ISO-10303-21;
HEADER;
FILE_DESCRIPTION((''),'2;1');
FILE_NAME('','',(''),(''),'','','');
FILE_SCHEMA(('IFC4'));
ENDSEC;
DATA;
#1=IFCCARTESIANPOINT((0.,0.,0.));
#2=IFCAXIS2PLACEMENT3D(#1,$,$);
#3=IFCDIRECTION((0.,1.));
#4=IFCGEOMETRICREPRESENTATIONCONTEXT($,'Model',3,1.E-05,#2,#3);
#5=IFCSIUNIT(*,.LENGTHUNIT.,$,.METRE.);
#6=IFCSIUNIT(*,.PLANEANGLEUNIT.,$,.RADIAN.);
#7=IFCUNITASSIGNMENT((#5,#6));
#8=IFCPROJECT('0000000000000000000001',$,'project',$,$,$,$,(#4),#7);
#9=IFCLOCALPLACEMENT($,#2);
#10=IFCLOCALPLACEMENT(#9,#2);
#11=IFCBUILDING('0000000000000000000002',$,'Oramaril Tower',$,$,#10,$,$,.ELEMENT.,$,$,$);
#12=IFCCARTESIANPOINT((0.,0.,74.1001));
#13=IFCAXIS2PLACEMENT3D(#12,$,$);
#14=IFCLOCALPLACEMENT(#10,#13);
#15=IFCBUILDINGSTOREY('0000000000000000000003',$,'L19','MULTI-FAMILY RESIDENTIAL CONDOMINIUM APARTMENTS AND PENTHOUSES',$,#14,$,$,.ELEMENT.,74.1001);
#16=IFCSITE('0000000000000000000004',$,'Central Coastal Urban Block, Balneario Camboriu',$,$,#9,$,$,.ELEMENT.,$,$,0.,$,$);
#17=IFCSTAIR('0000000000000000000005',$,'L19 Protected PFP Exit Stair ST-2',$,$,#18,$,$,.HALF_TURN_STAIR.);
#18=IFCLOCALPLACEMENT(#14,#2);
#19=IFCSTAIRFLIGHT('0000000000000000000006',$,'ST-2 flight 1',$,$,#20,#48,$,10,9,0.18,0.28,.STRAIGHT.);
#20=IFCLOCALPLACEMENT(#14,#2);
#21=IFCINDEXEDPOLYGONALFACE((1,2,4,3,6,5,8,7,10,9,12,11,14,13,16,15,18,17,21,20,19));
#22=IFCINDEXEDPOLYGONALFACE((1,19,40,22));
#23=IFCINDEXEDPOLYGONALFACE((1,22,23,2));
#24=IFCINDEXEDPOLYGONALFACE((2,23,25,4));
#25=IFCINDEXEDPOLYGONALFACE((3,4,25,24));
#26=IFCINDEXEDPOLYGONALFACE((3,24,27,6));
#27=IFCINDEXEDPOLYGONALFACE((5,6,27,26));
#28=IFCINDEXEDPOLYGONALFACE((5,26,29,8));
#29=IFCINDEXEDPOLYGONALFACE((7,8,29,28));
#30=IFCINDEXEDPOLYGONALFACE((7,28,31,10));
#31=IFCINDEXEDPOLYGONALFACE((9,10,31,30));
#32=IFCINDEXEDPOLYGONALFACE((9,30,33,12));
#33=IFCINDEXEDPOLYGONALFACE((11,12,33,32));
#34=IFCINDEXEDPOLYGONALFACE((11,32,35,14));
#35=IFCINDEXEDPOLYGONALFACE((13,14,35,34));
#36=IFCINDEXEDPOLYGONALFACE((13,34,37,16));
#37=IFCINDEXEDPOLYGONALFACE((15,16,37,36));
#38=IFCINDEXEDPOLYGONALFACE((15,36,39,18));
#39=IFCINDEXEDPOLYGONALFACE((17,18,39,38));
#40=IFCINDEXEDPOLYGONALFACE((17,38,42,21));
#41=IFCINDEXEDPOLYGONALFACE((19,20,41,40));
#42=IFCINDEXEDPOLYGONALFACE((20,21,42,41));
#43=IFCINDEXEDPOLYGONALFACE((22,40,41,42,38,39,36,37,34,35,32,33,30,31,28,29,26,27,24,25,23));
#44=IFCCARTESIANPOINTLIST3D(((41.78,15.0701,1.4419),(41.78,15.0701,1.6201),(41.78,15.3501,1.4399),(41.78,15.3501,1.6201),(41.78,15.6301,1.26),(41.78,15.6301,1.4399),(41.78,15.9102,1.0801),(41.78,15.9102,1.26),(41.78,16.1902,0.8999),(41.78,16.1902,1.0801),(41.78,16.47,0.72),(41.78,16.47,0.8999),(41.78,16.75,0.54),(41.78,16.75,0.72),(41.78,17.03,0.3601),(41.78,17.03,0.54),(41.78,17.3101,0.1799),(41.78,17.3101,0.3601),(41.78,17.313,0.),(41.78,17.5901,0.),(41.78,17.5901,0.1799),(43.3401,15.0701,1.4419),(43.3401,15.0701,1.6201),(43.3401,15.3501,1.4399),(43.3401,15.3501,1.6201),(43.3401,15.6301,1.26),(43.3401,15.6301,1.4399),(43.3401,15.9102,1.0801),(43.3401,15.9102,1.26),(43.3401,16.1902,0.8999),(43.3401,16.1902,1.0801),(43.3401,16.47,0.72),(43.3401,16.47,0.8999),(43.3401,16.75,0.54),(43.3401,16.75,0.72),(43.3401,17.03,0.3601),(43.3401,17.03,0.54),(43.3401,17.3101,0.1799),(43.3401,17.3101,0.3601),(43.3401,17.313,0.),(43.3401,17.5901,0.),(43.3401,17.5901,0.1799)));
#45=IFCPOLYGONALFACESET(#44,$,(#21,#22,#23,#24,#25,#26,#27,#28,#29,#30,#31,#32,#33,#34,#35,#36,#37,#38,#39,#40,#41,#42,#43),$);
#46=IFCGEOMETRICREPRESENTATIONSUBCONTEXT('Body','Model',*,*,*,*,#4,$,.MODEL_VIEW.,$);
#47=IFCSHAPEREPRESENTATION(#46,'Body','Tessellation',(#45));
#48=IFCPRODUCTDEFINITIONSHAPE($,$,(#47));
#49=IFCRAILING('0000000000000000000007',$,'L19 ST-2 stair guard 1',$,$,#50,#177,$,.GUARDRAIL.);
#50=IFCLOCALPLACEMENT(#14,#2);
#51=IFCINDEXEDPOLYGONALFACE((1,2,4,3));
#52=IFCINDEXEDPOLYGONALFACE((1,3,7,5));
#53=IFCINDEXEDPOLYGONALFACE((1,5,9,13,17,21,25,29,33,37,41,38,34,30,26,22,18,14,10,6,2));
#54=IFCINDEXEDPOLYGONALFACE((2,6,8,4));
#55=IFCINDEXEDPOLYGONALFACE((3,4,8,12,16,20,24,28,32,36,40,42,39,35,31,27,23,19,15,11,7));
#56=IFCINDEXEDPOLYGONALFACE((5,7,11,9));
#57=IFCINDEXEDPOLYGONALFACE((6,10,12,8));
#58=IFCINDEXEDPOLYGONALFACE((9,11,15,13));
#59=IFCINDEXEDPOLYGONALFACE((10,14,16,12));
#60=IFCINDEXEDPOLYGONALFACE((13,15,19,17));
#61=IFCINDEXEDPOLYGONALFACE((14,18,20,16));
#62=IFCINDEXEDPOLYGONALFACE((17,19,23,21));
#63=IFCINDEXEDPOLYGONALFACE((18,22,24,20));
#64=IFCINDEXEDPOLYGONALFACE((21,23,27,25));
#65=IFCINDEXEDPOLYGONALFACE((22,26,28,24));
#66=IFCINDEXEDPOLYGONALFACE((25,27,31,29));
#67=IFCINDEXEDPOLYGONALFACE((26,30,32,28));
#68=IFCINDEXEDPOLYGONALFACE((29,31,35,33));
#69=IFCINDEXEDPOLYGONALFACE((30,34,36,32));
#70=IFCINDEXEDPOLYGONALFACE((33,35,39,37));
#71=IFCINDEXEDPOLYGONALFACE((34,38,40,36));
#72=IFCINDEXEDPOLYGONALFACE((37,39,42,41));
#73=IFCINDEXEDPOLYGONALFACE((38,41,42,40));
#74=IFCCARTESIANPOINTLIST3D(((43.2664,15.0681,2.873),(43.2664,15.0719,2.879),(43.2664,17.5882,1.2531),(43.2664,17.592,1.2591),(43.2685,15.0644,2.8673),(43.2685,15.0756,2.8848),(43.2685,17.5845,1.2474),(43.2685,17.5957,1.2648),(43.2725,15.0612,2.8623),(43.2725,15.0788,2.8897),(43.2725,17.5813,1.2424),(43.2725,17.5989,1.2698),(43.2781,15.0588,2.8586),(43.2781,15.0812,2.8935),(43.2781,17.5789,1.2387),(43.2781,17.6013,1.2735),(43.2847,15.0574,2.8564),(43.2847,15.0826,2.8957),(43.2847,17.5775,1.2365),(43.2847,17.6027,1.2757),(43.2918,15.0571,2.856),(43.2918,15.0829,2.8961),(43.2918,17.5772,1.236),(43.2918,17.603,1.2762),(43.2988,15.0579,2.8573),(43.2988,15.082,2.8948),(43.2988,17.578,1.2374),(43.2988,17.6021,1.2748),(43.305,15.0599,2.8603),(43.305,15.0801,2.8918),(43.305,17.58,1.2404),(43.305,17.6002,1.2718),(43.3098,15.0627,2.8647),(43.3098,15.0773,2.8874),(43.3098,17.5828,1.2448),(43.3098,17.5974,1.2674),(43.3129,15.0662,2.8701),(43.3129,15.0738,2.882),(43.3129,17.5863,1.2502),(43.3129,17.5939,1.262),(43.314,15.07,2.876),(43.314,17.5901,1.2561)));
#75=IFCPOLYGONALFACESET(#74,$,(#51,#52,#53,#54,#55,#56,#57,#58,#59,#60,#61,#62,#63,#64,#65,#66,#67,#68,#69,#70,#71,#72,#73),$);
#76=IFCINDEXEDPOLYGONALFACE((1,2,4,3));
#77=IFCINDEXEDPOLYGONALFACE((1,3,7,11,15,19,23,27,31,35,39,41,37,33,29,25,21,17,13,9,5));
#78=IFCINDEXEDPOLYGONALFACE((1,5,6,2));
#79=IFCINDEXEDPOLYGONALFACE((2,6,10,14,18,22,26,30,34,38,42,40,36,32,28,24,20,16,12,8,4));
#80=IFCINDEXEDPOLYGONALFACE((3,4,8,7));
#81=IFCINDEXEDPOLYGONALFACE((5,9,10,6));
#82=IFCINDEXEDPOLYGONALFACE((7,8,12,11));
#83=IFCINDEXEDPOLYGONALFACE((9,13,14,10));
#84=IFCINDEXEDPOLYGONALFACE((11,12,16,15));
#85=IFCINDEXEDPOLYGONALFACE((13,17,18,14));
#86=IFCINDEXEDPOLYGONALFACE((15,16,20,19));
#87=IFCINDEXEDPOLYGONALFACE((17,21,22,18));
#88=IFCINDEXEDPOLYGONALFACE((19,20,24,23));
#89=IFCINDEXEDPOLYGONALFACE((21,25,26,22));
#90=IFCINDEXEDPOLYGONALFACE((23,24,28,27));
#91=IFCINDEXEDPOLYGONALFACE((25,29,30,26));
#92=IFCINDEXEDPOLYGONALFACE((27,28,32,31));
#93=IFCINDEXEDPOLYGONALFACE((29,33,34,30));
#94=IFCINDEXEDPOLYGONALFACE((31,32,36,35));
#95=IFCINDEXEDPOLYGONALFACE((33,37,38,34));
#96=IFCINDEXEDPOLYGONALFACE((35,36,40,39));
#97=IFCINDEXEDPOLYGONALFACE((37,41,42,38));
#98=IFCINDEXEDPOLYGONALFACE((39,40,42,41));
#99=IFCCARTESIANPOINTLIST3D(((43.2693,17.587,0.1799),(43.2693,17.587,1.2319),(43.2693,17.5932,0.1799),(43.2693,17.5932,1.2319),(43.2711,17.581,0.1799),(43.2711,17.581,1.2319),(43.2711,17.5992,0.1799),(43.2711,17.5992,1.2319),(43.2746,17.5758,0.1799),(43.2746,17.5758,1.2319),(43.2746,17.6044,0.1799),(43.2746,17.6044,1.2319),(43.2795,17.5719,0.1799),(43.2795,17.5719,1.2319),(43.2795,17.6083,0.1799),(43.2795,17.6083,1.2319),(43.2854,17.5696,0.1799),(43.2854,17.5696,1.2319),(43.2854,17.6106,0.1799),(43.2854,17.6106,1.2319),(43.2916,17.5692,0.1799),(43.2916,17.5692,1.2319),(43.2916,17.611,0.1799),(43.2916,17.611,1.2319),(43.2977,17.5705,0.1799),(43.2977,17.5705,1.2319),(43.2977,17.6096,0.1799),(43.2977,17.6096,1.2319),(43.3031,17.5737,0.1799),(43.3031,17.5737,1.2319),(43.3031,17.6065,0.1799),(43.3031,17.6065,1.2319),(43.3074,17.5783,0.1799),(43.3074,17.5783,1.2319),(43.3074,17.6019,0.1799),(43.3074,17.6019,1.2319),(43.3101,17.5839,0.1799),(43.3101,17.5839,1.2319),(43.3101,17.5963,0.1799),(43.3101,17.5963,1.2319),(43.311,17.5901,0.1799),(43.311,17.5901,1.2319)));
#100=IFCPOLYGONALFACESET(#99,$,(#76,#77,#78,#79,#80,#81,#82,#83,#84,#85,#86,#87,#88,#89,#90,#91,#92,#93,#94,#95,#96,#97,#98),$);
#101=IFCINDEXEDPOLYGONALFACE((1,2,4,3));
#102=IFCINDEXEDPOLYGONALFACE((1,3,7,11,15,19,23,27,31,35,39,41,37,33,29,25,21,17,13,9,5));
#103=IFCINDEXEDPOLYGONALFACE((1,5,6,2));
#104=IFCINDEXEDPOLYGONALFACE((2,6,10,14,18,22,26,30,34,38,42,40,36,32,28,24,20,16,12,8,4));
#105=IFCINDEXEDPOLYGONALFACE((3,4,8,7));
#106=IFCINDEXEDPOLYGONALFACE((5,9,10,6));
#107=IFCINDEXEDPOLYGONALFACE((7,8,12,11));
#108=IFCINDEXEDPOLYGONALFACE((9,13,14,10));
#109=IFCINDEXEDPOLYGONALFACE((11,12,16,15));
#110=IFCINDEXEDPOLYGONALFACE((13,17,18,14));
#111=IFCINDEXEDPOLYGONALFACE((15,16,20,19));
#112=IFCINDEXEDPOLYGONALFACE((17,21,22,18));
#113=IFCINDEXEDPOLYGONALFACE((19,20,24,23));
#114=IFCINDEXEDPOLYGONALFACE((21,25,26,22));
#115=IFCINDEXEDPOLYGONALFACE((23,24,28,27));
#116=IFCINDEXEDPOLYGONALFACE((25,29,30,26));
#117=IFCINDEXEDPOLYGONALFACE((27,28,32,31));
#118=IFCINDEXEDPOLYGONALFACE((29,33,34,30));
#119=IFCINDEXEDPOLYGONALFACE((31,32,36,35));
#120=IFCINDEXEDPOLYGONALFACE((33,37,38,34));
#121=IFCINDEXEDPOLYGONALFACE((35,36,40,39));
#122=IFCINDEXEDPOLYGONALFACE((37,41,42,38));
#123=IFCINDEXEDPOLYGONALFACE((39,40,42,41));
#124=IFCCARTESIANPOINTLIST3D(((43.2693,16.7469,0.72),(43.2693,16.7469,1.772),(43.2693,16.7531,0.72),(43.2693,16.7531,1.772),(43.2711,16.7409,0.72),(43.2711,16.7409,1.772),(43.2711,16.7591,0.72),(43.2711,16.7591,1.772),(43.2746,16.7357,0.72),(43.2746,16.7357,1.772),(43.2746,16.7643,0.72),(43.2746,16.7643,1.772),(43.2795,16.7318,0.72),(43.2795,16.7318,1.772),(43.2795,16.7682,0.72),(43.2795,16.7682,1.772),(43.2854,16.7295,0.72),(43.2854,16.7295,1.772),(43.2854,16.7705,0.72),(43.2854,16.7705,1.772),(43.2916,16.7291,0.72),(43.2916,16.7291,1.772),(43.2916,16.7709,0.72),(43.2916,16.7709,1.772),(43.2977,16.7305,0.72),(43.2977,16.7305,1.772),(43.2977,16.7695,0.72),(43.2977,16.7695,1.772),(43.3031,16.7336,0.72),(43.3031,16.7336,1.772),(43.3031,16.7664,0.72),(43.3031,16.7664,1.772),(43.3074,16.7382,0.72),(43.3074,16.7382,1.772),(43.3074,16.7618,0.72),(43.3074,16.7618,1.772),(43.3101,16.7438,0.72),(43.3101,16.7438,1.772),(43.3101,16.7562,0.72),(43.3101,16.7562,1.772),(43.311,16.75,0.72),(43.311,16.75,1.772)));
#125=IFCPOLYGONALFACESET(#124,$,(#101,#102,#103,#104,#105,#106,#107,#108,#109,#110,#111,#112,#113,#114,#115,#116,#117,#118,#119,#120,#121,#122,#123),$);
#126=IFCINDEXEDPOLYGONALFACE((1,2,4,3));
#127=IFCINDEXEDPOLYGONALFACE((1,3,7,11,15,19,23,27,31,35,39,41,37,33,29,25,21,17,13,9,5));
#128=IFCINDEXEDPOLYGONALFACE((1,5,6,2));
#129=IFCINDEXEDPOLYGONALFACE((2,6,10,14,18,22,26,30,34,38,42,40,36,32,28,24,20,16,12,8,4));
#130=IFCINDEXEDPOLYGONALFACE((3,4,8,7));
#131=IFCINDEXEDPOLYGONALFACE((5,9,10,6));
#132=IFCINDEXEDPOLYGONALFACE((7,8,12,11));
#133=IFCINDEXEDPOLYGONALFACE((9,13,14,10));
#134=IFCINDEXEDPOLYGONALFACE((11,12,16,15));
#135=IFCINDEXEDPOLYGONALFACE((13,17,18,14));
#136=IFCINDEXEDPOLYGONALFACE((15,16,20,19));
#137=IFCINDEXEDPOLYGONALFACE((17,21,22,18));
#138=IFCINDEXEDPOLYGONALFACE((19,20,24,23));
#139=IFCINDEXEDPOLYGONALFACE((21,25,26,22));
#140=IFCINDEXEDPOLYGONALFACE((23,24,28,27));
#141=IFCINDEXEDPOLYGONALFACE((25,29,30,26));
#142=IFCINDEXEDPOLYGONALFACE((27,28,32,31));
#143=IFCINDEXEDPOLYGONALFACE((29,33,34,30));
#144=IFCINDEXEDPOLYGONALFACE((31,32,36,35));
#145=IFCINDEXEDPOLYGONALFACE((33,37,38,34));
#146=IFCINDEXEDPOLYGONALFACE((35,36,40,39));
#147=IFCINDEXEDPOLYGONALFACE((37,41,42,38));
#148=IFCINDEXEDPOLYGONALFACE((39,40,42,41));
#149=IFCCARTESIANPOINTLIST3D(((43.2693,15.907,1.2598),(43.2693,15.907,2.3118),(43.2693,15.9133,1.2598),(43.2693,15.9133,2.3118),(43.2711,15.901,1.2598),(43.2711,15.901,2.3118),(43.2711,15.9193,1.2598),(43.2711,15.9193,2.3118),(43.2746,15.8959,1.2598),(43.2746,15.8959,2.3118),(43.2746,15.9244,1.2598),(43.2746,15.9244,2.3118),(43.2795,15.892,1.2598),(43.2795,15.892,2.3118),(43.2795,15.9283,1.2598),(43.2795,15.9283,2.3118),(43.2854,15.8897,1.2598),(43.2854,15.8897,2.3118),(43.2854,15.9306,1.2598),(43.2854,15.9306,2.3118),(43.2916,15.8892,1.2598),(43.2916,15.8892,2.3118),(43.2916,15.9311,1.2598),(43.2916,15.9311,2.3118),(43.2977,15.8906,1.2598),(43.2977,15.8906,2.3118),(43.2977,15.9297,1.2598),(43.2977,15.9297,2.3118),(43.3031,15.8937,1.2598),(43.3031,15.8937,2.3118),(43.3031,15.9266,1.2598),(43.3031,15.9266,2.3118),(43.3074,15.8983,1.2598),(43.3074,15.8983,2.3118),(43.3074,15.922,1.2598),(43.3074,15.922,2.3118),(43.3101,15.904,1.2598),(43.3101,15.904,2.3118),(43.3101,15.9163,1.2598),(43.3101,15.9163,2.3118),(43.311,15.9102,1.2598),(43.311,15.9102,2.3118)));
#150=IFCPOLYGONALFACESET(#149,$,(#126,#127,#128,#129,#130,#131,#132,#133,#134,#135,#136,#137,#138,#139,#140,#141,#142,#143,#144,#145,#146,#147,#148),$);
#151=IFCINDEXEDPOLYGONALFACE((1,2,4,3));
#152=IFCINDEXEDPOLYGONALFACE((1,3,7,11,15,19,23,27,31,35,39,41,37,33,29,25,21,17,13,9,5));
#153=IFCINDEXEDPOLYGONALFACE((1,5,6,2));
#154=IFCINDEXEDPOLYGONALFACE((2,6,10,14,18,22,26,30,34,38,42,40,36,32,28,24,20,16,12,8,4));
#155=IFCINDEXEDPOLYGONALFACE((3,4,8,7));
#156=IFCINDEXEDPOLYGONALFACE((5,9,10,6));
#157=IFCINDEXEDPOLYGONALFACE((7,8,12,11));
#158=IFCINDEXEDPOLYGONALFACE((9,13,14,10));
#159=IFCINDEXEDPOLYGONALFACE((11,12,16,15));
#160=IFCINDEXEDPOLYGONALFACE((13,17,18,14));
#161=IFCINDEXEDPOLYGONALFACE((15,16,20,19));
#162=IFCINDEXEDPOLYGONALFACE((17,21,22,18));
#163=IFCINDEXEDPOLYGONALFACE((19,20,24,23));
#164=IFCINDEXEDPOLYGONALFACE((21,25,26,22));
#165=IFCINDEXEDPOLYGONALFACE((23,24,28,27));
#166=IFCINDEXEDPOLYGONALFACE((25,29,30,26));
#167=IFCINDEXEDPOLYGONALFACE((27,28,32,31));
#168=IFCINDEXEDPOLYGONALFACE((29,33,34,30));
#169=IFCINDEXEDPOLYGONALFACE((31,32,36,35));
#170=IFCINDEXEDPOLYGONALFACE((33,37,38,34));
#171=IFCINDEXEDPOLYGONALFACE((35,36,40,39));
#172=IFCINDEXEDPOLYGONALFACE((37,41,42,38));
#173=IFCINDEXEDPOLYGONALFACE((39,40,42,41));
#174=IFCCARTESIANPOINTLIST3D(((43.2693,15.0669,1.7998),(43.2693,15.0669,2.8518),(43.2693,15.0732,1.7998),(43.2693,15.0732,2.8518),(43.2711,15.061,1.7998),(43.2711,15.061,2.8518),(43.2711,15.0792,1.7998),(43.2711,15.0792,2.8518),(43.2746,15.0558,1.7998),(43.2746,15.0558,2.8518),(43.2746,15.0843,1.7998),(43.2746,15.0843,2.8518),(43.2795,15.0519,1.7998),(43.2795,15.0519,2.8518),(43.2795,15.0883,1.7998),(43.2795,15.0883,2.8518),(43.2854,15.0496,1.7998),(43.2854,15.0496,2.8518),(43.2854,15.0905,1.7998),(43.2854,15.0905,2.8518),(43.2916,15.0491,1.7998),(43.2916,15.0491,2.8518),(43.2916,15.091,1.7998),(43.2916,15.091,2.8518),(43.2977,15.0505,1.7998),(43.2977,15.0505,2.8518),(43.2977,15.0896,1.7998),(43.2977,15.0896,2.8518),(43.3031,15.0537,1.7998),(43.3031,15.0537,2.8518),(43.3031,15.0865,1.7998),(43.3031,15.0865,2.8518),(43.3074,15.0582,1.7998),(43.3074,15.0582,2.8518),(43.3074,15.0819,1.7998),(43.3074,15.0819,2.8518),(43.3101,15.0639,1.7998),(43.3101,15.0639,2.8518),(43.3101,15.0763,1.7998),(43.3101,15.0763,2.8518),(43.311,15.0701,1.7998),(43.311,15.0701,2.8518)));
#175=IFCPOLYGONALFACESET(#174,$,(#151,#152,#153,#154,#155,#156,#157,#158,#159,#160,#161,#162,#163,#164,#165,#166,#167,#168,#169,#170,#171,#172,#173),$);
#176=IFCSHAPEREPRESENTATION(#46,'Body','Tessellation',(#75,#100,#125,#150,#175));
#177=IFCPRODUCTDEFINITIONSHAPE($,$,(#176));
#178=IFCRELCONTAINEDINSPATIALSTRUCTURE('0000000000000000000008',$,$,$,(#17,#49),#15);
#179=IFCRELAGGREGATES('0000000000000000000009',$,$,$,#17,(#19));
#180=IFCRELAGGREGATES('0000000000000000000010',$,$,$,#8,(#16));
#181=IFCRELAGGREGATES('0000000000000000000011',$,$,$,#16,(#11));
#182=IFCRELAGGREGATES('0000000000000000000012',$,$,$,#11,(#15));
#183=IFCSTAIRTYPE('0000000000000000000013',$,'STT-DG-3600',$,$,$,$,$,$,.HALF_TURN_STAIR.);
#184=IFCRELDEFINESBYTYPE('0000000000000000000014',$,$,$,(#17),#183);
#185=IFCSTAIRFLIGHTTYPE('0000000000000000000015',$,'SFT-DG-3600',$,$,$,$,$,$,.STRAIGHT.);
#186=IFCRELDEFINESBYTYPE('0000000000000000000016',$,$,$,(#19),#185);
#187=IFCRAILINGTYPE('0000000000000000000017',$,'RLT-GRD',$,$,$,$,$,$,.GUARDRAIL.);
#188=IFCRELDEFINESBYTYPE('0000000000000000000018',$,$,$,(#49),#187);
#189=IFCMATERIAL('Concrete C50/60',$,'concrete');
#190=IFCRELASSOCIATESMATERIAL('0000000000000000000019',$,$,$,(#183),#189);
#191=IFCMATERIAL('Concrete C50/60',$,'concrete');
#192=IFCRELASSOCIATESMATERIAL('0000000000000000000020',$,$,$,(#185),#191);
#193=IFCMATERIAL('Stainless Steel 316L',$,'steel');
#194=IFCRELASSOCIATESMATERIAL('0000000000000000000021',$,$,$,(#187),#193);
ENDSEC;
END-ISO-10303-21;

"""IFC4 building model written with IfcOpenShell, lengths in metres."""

from ifc_helpers import new_model, si_unit, direction, frame, origin, origin_2d, place, context, subcontext, project, spatial, polyline, circle, outline, extrude, material, type_object, element, aggregate, save


model = new_model("IFC4")

# Units and contexts
model_context = context("Model", 3, precision=1e-05, world=origin(), true_north=direction((0.0, 1.0)))
body_context = subcontext(model_context, "Body", "Model", "MODEL_VIEW")
ifc_project = project(units=[si_unit("LENGTHUNIT", "METRE"), si_unit("PLANEANGLEUNIT", "RADIAN")], contexts=[model_context])

# Site, building, storey
site_placement = place(None, origin())
site = spatial("IfcSite", under=ifc_project, at=site_placement, Name="Central Coastal Urban Block, Balneario Camboriu", CompositionType="ELEMENT", RefElevation=0.0)
building_placement = place(site_placement, origin())
building = spatial("IfcBuilding", under=site, at=building_placement, Name="Oramaril Tower", CompositionType="ELEMENT")
storey_placement = place(building_placement, frame((0.0, 0.0, 74.1001)))
storey = spatial("IfcBuildingStorey", under=building, at=storey_placement, Name="L19", Description="MULTI-FAMILY RESIDENTIAL CONDOMINIUM APARTMENTS AND PENTHOUSES", CompositionType="ELEMENT", Elevation=74.1001)

# Stair, stair flight
ifc_material_1 = material(Name="Concrete C50/60", Category="concrete")
stair_type = type_object("IfcStairType", Name="STT-DG-3600", PredefinedType="HALF_TURN_STAIR", material=ifc_material_1)
stair_placement = place(storey_placement, origin())
stair = element("IfcStair", 1, at=stair_placement, inside=storey, type_object=stair_type, Name="L19 Protected PFP Exit Stair ST-2", PredefinedType="HALF_TURN_STAIR")
ifc_material_2 = material(Name="Concrete C50/60", Category="concrete")
stair_flight_type = type_object("IfcStairFlightType", Name="SFT-DG-3600", PredefinedType="STRAIGHT", material=ifc_material_2)
stair_flight_placement = place(storey_placement, frame((42.5601, 17.5901, 0.0), z_axis=(0.0, 0.0, 1.0), x_axis=(0.0, -1.0, 0.0)))
stair_flight = element("IfcStairFlight", 2, at=stair_flight_placement, type_object=stair_flight_type, Name="ST-2 flight 1", NumberOfRisers=10, NumberOfTreads=9, PredefinedType="STRAIGHT", RiserHeight=0.18, TreadLength=0.28, context=body_context, shape_type="SweptSolid", body=[
    extrude(outline(polyline([(0.0, 0.0), (0.0, 0.1799), (0.28, 0.1799), (0.28, 0.3601), (0.5601, 0.3601), (0.5601, 0.54), (0.8401, 0.54), (0.8401, 0.72), (1.1201, 0.72), (1.1201, 0.8999), (1.3999, 0.8999), (1.3999, 1.0801), (1.6799, 1.0801), (1.6799, 1.26), (1.96, 1.26), (1.96, 1.4399), (2.24, 1.4399), (2.24, 1.6201), (2.52, 1.6201), (2.52, 1.8), (2.52, 1.4419), (0.2771, 0.0), (0.0, 0.0)])), frame((0.0, 0.78, 0.0), z_axis=(0.0, -1.0, 0.0), x_axis=(1.0, 0.0, 0.0)), (0.0, 0.0, 1.0), 1.5601),
])
aggregate(stair, [stair_flight])

# Railing
ifc_material_3 = material(Name="Stainless Steel 316L", Category="steel")
railing_type_1 = type_object("IfcRailingType", Name="RLT-GRD", PredefinedType="GUARDRAIL", material=ifc_material_3)
railing_1_placement = place(storey_placement, frame((43.29, 17.5901, 0.1799)))
element("IfcRailing", 3, at=railing_1_placement, inside=storey, type_object=railing_type_1, Name="L19 ST-2 stair guard 1", PredefinedType="GUARDRAIL", context=body_context, shape_type="SweptSolid", body=[
    extrude(circle(Radius=0.0239, at=origin_2d()), frame((0.0, 0.0, 1.0762), z_axis=(0.0, -0.8412, 0.540725), x_axis=(1.0, 0.0, 0.0)), (0.0, 0.0, 1.0), 2.9958),
    extrude(circle(Radius=0.021, at=origin_2d()), origin(), (0.0, 0.0, 1.0), 1.052),
    extrude(circle(Radius=0.021, at=origin_2d()), frame((0.0, -0.8401, 0.54)), (0.0, 0.0, 1.0), 1.052),
    extrude(circle(Radius=0.021, at=origin_2d()), frame((0.0, -1.6799, 1.0798)), (0.0, 0.0, 1.0), 1.052),
    extrude(circle(Radius=0.021, at=origin_2d()), frame((0.0, -2.52, 1.6199)), (0.0, 0.0, 1.0), 1.052),
])

save(model, "model.ifc")
